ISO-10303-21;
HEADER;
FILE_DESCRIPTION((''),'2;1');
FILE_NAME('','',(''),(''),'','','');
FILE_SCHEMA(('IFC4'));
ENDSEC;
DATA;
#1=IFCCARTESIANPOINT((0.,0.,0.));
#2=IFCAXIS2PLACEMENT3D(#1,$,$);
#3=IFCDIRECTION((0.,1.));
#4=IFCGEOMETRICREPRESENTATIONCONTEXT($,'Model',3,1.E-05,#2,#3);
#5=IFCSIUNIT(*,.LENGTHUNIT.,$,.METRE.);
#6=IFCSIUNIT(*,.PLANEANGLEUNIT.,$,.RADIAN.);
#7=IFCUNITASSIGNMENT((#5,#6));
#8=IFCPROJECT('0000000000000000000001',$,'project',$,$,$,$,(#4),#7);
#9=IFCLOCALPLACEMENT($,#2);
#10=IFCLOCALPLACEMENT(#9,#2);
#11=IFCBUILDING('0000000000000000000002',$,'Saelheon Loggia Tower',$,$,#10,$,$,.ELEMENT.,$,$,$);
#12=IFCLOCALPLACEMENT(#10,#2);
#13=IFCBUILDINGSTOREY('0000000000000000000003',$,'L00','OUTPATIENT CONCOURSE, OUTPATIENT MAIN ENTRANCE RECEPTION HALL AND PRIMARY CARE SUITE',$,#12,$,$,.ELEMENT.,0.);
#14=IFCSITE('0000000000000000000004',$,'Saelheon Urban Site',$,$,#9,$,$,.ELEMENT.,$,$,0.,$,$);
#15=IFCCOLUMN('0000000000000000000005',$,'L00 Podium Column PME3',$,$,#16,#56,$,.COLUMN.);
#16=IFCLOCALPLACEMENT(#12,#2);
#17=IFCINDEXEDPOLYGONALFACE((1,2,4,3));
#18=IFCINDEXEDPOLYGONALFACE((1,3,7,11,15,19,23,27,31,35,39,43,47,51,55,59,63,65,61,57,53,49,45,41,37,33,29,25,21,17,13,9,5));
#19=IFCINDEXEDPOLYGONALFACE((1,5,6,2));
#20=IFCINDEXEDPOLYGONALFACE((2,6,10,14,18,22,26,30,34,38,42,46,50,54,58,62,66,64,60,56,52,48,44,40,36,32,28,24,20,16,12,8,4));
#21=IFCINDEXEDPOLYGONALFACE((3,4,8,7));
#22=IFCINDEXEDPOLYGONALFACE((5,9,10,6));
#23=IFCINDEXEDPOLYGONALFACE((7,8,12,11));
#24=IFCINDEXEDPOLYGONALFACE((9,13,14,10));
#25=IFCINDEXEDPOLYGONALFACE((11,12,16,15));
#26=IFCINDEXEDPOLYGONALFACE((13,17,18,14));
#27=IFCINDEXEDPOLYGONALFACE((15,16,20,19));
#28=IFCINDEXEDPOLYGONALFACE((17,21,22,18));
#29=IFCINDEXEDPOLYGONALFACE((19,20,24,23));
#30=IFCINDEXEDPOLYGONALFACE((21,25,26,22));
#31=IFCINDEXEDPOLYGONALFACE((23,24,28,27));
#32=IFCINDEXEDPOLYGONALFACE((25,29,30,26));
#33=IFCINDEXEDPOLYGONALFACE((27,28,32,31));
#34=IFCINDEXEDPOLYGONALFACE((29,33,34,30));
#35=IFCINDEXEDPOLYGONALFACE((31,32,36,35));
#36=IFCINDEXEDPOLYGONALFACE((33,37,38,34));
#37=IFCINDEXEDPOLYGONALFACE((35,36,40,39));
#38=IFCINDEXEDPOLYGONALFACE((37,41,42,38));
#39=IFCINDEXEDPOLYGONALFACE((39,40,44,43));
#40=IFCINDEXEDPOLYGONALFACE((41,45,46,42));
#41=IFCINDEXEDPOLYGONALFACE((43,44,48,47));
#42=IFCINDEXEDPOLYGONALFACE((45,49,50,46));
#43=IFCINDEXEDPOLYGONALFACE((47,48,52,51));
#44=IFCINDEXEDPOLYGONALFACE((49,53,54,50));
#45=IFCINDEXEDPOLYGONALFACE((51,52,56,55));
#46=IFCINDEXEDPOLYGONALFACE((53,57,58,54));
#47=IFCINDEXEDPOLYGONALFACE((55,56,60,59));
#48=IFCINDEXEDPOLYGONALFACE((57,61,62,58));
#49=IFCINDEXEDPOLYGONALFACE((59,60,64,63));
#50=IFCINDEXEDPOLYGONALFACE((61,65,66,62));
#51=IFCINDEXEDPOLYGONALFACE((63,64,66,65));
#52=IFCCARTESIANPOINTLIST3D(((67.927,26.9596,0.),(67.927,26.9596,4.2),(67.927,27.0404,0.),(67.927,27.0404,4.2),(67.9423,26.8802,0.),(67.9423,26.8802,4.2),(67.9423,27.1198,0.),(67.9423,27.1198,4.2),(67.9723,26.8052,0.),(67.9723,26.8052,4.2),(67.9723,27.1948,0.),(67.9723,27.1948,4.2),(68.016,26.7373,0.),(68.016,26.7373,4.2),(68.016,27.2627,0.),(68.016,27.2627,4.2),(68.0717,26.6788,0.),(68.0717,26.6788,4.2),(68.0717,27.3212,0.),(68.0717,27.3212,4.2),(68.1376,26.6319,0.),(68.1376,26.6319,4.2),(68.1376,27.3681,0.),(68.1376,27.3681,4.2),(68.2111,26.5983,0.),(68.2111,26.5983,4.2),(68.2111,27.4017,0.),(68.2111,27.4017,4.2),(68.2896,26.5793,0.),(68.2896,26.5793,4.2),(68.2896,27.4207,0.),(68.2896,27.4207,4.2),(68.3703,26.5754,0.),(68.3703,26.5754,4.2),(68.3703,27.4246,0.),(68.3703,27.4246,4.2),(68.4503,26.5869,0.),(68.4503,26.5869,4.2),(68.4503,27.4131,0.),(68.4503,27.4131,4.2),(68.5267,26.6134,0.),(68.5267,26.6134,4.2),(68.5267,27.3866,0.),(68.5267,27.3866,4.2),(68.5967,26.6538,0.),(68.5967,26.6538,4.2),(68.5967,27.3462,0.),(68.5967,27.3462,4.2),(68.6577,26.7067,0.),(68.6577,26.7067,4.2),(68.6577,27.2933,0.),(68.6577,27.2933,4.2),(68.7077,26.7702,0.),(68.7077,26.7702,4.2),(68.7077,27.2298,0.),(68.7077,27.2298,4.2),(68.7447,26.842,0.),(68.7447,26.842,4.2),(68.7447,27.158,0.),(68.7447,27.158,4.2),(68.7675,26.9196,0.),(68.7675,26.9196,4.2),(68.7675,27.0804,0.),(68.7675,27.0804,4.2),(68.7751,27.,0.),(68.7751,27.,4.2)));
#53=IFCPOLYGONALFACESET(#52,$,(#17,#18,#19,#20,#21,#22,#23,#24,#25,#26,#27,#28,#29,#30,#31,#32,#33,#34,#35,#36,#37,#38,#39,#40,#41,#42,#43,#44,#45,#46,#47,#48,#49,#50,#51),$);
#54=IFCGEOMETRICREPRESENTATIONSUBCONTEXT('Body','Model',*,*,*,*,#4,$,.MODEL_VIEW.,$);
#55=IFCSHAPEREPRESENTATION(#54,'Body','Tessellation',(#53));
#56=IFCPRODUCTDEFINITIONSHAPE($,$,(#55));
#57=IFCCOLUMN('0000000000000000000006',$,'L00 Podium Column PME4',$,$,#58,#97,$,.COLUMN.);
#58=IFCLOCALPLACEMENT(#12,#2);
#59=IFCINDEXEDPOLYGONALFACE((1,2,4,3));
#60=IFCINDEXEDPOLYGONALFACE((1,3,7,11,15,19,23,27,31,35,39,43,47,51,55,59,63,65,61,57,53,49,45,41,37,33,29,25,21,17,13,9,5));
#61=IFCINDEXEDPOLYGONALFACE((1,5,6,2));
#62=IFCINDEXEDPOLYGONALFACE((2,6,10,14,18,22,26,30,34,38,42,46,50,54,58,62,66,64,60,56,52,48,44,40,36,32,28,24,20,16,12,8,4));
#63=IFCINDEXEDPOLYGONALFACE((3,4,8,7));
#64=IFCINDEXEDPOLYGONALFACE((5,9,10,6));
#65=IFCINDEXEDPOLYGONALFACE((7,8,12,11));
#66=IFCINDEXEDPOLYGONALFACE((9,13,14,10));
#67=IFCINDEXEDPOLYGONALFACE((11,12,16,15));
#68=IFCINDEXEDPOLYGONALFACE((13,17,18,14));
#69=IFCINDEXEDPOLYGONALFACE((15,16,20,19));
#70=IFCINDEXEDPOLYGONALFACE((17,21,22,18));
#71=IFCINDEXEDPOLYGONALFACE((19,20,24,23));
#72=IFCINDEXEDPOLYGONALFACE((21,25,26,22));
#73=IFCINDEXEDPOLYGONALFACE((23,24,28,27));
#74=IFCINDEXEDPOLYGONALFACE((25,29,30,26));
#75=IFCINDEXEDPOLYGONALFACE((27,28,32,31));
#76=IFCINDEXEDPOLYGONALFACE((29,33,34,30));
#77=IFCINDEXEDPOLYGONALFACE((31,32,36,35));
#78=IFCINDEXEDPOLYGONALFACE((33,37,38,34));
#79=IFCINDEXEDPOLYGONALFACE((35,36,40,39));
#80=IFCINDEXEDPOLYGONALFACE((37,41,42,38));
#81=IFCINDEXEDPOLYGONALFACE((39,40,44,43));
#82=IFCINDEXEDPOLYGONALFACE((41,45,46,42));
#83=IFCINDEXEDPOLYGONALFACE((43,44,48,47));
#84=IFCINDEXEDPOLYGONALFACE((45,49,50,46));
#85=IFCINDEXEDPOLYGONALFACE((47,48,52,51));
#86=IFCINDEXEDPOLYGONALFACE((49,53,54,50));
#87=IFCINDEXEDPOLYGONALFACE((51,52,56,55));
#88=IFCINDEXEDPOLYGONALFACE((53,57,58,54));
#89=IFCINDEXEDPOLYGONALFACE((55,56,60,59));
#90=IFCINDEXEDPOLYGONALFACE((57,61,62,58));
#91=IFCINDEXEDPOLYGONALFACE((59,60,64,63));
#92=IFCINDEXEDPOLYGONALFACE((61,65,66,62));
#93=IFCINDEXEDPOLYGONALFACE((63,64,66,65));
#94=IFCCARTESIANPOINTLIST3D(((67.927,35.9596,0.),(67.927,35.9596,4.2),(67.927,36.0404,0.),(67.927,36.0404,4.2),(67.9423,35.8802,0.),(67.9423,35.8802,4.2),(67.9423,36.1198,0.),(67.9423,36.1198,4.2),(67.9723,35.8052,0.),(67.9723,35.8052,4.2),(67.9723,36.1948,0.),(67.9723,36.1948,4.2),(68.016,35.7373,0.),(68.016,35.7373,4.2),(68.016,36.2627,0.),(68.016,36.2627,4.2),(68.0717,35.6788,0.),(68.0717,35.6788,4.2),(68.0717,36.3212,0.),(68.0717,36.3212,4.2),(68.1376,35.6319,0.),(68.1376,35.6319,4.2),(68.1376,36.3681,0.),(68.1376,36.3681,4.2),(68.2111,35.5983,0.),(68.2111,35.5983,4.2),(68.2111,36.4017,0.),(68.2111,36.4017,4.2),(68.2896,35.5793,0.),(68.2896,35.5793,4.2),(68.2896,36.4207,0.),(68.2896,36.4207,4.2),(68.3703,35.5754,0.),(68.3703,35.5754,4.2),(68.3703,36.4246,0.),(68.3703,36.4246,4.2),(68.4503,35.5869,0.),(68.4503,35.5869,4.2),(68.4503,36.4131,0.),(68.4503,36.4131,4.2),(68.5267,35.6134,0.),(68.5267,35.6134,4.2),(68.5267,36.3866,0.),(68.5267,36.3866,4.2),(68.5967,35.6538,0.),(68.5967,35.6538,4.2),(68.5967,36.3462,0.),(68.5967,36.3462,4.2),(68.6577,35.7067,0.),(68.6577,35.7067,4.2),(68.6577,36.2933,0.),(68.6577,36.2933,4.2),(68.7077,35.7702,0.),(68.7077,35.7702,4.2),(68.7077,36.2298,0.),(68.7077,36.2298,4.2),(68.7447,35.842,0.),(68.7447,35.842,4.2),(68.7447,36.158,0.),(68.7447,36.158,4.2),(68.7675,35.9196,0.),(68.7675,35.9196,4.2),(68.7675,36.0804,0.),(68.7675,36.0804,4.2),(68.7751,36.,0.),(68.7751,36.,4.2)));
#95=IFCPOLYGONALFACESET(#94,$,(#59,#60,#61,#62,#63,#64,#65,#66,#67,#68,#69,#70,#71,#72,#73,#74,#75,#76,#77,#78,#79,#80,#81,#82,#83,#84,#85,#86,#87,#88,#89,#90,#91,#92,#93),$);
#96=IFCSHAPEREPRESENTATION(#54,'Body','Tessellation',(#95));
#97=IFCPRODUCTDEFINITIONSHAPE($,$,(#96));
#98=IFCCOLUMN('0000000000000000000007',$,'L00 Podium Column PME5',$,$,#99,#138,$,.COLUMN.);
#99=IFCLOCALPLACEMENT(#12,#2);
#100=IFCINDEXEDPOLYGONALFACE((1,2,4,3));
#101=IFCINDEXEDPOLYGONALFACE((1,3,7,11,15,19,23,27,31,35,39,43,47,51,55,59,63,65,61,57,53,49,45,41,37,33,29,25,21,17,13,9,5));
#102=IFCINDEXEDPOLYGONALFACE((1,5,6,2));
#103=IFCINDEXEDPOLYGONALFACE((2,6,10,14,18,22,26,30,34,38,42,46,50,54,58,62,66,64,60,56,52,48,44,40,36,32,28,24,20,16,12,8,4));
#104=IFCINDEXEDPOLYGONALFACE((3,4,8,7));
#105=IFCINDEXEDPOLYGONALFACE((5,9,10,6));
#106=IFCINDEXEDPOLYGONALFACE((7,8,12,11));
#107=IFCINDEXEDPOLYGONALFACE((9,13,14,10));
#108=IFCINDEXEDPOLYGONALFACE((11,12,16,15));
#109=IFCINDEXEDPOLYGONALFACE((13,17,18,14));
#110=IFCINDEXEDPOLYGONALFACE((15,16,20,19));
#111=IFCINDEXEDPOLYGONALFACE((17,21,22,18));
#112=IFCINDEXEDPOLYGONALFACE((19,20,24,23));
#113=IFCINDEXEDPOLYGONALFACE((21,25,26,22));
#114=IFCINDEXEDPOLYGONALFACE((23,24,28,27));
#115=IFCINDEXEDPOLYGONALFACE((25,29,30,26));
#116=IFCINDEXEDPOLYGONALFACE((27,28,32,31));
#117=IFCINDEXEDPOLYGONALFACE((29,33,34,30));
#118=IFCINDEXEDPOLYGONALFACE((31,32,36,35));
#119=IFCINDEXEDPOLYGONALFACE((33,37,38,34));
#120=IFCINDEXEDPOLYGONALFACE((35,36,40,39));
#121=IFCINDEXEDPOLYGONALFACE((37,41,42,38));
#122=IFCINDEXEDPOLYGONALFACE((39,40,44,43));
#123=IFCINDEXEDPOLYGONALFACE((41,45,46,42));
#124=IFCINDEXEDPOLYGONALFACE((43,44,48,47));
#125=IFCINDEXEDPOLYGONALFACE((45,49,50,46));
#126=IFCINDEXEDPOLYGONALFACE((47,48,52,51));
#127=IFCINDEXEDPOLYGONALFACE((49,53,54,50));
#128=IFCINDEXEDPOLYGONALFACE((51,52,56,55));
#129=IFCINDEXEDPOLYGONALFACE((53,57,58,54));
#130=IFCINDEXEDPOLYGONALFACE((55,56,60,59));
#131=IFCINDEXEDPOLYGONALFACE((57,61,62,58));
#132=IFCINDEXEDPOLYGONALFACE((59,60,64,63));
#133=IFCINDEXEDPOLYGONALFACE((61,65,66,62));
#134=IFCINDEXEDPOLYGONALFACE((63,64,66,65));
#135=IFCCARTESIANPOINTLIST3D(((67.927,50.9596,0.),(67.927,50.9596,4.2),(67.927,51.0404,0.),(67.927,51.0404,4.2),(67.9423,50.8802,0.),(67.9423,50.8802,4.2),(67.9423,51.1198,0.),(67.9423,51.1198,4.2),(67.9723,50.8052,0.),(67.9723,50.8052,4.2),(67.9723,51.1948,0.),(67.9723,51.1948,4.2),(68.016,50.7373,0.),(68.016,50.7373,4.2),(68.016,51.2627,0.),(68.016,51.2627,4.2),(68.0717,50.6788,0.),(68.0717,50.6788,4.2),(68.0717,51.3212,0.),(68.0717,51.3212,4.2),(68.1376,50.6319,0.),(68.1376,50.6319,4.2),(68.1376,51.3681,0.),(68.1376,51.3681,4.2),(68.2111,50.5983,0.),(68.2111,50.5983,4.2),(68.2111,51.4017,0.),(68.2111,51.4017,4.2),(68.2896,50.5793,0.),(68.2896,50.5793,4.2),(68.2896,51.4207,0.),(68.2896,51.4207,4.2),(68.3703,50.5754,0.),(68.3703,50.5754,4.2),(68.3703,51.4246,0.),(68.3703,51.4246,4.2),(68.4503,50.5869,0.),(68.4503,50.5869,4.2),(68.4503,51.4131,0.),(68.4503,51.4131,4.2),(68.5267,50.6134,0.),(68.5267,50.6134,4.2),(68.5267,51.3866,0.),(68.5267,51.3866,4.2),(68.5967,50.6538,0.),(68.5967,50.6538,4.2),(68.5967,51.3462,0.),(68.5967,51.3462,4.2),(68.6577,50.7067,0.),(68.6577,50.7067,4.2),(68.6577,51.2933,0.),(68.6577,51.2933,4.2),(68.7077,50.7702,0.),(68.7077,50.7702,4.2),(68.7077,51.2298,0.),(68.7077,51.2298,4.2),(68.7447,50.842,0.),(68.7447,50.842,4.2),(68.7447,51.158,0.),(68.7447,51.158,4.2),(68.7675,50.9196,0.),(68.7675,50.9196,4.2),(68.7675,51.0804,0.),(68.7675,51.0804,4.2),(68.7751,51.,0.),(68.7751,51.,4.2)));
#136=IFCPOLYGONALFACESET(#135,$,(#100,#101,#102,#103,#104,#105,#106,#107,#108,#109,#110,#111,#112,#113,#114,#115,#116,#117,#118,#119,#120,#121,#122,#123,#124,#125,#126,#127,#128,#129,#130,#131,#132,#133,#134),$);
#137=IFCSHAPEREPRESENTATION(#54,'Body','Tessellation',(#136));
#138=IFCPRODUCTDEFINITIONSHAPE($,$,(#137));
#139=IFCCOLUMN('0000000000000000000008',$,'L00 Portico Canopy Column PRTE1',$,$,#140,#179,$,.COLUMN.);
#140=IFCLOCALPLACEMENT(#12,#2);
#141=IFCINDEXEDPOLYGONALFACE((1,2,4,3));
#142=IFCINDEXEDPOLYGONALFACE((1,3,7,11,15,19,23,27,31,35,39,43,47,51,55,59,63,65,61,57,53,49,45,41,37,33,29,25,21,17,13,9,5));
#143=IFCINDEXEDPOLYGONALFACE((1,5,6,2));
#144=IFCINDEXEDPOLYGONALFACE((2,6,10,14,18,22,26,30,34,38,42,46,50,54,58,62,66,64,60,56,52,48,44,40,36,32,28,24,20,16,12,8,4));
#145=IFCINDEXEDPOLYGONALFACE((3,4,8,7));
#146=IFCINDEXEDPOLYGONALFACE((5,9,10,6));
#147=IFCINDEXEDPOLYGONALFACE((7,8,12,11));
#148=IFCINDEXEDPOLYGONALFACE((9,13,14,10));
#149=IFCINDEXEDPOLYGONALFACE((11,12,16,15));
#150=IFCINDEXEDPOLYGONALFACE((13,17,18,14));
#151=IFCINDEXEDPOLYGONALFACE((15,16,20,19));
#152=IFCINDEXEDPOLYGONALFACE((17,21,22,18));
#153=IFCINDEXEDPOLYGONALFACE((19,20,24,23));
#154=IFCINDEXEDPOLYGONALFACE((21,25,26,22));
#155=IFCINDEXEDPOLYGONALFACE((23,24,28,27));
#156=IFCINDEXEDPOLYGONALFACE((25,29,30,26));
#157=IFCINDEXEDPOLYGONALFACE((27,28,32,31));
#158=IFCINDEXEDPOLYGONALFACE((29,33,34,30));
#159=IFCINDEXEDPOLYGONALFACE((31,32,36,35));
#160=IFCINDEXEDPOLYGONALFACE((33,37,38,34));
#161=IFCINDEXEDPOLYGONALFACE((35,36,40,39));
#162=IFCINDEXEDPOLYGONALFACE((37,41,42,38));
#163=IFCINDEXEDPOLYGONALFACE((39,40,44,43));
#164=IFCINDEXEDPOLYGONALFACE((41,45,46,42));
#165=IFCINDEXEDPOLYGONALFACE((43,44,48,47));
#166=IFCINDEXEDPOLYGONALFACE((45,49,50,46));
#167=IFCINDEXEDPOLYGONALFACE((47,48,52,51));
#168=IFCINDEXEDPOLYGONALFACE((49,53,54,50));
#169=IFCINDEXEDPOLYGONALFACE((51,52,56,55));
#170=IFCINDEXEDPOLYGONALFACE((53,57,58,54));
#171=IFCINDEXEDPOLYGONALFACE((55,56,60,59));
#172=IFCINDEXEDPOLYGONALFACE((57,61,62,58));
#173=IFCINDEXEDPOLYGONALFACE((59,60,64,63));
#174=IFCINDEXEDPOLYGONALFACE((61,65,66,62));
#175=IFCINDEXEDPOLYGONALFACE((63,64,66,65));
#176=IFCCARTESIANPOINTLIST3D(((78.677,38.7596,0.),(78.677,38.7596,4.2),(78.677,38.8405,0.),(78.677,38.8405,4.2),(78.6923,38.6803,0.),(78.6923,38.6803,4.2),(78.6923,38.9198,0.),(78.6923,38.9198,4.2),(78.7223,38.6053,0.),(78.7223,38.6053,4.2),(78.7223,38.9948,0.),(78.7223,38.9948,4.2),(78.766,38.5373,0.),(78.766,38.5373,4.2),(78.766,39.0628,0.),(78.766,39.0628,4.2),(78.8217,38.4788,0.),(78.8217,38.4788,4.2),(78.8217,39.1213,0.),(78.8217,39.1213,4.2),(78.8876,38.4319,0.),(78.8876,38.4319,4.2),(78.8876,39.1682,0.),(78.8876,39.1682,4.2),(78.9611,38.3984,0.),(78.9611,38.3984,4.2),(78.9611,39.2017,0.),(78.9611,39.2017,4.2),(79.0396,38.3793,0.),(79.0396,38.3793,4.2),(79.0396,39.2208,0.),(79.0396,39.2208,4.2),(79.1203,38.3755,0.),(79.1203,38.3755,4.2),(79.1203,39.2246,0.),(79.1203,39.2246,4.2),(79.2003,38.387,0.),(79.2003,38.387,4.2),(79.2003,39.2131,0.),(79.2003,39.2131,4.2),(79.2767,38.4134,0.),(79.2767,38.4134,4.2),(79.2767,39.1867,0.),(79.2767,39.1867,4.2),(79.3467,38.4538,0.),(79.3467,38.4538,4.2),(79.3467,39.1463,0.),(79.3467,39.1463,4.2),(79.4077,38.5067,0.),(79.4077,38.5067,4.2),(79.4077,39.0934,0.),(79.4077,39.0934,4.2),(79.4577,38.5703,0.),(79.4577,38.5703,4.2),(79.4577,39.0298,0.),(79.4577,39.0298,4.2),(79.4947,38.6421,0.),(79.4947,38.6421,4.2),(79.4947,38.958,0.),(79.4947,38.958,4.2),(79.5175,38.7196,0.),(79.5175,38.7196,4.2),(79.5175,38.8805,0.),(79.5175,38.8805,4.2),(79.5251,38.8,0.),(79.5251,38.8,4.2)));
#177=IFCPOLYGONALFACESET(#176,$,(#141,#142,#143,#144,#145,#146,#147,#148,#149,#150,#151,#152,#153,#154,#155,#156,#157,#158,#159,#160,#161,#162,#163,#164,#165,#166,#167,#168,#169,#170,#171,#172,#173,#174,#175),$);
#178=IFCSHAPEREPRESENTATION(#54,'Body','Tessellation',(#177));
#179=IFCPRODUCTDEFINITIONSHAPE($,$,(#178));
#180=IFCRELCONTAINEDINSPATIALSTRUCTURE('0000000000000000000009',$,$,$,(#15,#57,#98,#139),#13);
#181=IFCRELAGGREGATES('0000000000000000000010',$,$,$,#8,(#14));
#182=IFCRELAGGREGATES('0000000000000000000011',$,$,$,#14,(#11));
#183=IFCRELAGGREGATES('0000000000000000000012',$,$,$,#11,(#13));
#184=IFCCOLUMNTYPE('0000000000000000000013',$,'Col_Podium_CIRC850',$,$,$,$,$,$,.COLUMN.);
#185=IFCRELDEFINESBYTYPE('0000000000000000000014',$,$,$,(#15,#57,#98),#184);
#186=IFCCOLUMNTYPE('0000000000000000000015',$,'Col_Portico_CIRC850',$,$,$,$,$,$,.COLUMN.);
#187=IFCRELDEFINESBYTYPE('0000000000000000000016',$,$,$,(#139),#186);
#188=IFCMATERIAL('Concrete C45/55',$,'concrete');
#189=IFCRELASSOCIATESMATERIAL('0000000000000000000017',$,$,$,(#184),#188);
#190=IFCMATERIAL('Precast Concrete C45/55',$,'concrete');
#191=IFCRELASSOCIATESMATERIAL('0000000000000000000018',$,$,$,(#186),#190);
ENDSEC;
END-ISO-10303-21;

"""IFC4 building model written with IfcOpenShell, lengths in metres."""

from ifc_helpers import new_model, si_unit, direction, frame, origin, origin_2d, place, context, subcontext, project, spatial, circle, extrude, source, transform, mapped, material, material_profile, profile_set, type_object, element, save


model = new_model("IFC4")

# Units and contexts
model_context = context("Model", 3, precision=1e-05, world=origin(), true_north=direction((0.0, 1.0)))
body_context = subcontext(model_context, "Body", "Model", "MODEL_VIEW")
ifc_project = project(units=[si_unit("LENGTHUNIT", "METRE"), si_unit("PLANEANGLEUNIT", "RADIAN")], contexts=[model_context])

# Site, building, storey
site_placement = place(None, origin())
site = spatial("IfcSite", under=ifc_project, at=site_placement, Name="Saelheon Urban Site", CompositionType="ELEMENT", RefElevation=0.0)
building_placement = place(site_placement, origin())
building = spatial("IfcBuilding", under=site, at=building_placement, Name="Saelheon Loggia Tower", CompositionType="ELEMENT")
storey_placement = place(building_placement, origin())
storey = spatial("IfcBuildingStorey", under=building, at=storey_placement, Name="L00", Description="OUTPATIENT CONCOURSE, OUTPATIENT MAIN ENTRANCE RECEPTION HALL AND PRIMARY CARE SUITE", CompositionType="ELEMENT", Elevation=0.0)

# Columns
ifc_material_1 = material(Name="Concrete C45/55", Category="concrete")
ifc_material_profile_1 = material_profile(ifc_material_1, circle(Radius=0.425, at=origin_2d()), Name="CIRC-850")
ifc_profile_set_1 = profile_set([ifc_material_profile_1], Name="Concrete C45/55")
column_type_1 = type_object("IfcColumnType", Name="Col_Podium_CIRC850", PredefinedType="COLUMN", material=ifc_profile_set_1)
shared_shape_1 = source(origin(), body_context, "Body", "SweptSolid", [
    extrude(circle(Radius=0.425, at=origin_2d()), origin(), (0.0, 0.0, 1.0), 4.2),
])
for number, where, z_axis, x_axis, name in (
    (1, (68.3501, 27.0, 0.0), (0.0, 0.0, 1.0), (1.0, 0.0, 0.0), "L00 Podium Column PME3"),
    (2, (68.3501, 36.0, 0.0), (0.0, 0.0, 1.0), (1.0, 0.0, 0.0), "L00 Podium Column PME4"),
    (3, (68.3501, 51.0, 0.0), (0.0, 0.0, 1.0), (1.0, 0.0, 0.0), "L00 Podium Column PME5"),
):
    element("IfcColumn", number, at=place(storey_placement, frame(where, z_axis=z_axis, x_axis=x_axis)), inside=storey, type_object=column_type_1, Name=name, PredefinedType="COLUMN", context=body_context, shape_type="MappedRepresentation", body=[
        mapped(shared_shape_1, transform((0.0, 0.0, 0.0), scale=1.0)),
    ])
ifc_material_2 = material(Name="Precast Concrete C45/55", Category="concrete")
ifc_material_profile_2 = material_profile(ifc_material_2, circle(Radius=0.425, at=origin_2d()), Name="CIRC-850")
ifc_profile_set_2 = profile_set([ifc_material_profile_2], Name="Precast Concrete C45/55")
column_type_2 = type_object("IfcColumnType", Name="Col_Portico_CIRC850", PredefinedType="COLUMN", material=ifc_profile_set_2)
for number, where, z_axis, x_axis, name in (
    (4, (79.1001, 38.8, 0.0), (0.0, 0.0, 1.0), (1.0, 0.0, 0.0), "L00 Portico Canopy Column PRTE1"),
):
    element("IfcColumn", number, at=place(storey_placement, frame(where, z_axis=z_axis, x_axis=x_axis)), inside=storey, type_object=column_type_2, Name=name, PredefinedType="COLUMN", context=body_context, shape_type="MappedRepresentation", body=[
        mapped(shared_shape_1, transform((0.0, 0.0, 0.0), scale=1.0)),
    ])

save(model, "model.ifc")
